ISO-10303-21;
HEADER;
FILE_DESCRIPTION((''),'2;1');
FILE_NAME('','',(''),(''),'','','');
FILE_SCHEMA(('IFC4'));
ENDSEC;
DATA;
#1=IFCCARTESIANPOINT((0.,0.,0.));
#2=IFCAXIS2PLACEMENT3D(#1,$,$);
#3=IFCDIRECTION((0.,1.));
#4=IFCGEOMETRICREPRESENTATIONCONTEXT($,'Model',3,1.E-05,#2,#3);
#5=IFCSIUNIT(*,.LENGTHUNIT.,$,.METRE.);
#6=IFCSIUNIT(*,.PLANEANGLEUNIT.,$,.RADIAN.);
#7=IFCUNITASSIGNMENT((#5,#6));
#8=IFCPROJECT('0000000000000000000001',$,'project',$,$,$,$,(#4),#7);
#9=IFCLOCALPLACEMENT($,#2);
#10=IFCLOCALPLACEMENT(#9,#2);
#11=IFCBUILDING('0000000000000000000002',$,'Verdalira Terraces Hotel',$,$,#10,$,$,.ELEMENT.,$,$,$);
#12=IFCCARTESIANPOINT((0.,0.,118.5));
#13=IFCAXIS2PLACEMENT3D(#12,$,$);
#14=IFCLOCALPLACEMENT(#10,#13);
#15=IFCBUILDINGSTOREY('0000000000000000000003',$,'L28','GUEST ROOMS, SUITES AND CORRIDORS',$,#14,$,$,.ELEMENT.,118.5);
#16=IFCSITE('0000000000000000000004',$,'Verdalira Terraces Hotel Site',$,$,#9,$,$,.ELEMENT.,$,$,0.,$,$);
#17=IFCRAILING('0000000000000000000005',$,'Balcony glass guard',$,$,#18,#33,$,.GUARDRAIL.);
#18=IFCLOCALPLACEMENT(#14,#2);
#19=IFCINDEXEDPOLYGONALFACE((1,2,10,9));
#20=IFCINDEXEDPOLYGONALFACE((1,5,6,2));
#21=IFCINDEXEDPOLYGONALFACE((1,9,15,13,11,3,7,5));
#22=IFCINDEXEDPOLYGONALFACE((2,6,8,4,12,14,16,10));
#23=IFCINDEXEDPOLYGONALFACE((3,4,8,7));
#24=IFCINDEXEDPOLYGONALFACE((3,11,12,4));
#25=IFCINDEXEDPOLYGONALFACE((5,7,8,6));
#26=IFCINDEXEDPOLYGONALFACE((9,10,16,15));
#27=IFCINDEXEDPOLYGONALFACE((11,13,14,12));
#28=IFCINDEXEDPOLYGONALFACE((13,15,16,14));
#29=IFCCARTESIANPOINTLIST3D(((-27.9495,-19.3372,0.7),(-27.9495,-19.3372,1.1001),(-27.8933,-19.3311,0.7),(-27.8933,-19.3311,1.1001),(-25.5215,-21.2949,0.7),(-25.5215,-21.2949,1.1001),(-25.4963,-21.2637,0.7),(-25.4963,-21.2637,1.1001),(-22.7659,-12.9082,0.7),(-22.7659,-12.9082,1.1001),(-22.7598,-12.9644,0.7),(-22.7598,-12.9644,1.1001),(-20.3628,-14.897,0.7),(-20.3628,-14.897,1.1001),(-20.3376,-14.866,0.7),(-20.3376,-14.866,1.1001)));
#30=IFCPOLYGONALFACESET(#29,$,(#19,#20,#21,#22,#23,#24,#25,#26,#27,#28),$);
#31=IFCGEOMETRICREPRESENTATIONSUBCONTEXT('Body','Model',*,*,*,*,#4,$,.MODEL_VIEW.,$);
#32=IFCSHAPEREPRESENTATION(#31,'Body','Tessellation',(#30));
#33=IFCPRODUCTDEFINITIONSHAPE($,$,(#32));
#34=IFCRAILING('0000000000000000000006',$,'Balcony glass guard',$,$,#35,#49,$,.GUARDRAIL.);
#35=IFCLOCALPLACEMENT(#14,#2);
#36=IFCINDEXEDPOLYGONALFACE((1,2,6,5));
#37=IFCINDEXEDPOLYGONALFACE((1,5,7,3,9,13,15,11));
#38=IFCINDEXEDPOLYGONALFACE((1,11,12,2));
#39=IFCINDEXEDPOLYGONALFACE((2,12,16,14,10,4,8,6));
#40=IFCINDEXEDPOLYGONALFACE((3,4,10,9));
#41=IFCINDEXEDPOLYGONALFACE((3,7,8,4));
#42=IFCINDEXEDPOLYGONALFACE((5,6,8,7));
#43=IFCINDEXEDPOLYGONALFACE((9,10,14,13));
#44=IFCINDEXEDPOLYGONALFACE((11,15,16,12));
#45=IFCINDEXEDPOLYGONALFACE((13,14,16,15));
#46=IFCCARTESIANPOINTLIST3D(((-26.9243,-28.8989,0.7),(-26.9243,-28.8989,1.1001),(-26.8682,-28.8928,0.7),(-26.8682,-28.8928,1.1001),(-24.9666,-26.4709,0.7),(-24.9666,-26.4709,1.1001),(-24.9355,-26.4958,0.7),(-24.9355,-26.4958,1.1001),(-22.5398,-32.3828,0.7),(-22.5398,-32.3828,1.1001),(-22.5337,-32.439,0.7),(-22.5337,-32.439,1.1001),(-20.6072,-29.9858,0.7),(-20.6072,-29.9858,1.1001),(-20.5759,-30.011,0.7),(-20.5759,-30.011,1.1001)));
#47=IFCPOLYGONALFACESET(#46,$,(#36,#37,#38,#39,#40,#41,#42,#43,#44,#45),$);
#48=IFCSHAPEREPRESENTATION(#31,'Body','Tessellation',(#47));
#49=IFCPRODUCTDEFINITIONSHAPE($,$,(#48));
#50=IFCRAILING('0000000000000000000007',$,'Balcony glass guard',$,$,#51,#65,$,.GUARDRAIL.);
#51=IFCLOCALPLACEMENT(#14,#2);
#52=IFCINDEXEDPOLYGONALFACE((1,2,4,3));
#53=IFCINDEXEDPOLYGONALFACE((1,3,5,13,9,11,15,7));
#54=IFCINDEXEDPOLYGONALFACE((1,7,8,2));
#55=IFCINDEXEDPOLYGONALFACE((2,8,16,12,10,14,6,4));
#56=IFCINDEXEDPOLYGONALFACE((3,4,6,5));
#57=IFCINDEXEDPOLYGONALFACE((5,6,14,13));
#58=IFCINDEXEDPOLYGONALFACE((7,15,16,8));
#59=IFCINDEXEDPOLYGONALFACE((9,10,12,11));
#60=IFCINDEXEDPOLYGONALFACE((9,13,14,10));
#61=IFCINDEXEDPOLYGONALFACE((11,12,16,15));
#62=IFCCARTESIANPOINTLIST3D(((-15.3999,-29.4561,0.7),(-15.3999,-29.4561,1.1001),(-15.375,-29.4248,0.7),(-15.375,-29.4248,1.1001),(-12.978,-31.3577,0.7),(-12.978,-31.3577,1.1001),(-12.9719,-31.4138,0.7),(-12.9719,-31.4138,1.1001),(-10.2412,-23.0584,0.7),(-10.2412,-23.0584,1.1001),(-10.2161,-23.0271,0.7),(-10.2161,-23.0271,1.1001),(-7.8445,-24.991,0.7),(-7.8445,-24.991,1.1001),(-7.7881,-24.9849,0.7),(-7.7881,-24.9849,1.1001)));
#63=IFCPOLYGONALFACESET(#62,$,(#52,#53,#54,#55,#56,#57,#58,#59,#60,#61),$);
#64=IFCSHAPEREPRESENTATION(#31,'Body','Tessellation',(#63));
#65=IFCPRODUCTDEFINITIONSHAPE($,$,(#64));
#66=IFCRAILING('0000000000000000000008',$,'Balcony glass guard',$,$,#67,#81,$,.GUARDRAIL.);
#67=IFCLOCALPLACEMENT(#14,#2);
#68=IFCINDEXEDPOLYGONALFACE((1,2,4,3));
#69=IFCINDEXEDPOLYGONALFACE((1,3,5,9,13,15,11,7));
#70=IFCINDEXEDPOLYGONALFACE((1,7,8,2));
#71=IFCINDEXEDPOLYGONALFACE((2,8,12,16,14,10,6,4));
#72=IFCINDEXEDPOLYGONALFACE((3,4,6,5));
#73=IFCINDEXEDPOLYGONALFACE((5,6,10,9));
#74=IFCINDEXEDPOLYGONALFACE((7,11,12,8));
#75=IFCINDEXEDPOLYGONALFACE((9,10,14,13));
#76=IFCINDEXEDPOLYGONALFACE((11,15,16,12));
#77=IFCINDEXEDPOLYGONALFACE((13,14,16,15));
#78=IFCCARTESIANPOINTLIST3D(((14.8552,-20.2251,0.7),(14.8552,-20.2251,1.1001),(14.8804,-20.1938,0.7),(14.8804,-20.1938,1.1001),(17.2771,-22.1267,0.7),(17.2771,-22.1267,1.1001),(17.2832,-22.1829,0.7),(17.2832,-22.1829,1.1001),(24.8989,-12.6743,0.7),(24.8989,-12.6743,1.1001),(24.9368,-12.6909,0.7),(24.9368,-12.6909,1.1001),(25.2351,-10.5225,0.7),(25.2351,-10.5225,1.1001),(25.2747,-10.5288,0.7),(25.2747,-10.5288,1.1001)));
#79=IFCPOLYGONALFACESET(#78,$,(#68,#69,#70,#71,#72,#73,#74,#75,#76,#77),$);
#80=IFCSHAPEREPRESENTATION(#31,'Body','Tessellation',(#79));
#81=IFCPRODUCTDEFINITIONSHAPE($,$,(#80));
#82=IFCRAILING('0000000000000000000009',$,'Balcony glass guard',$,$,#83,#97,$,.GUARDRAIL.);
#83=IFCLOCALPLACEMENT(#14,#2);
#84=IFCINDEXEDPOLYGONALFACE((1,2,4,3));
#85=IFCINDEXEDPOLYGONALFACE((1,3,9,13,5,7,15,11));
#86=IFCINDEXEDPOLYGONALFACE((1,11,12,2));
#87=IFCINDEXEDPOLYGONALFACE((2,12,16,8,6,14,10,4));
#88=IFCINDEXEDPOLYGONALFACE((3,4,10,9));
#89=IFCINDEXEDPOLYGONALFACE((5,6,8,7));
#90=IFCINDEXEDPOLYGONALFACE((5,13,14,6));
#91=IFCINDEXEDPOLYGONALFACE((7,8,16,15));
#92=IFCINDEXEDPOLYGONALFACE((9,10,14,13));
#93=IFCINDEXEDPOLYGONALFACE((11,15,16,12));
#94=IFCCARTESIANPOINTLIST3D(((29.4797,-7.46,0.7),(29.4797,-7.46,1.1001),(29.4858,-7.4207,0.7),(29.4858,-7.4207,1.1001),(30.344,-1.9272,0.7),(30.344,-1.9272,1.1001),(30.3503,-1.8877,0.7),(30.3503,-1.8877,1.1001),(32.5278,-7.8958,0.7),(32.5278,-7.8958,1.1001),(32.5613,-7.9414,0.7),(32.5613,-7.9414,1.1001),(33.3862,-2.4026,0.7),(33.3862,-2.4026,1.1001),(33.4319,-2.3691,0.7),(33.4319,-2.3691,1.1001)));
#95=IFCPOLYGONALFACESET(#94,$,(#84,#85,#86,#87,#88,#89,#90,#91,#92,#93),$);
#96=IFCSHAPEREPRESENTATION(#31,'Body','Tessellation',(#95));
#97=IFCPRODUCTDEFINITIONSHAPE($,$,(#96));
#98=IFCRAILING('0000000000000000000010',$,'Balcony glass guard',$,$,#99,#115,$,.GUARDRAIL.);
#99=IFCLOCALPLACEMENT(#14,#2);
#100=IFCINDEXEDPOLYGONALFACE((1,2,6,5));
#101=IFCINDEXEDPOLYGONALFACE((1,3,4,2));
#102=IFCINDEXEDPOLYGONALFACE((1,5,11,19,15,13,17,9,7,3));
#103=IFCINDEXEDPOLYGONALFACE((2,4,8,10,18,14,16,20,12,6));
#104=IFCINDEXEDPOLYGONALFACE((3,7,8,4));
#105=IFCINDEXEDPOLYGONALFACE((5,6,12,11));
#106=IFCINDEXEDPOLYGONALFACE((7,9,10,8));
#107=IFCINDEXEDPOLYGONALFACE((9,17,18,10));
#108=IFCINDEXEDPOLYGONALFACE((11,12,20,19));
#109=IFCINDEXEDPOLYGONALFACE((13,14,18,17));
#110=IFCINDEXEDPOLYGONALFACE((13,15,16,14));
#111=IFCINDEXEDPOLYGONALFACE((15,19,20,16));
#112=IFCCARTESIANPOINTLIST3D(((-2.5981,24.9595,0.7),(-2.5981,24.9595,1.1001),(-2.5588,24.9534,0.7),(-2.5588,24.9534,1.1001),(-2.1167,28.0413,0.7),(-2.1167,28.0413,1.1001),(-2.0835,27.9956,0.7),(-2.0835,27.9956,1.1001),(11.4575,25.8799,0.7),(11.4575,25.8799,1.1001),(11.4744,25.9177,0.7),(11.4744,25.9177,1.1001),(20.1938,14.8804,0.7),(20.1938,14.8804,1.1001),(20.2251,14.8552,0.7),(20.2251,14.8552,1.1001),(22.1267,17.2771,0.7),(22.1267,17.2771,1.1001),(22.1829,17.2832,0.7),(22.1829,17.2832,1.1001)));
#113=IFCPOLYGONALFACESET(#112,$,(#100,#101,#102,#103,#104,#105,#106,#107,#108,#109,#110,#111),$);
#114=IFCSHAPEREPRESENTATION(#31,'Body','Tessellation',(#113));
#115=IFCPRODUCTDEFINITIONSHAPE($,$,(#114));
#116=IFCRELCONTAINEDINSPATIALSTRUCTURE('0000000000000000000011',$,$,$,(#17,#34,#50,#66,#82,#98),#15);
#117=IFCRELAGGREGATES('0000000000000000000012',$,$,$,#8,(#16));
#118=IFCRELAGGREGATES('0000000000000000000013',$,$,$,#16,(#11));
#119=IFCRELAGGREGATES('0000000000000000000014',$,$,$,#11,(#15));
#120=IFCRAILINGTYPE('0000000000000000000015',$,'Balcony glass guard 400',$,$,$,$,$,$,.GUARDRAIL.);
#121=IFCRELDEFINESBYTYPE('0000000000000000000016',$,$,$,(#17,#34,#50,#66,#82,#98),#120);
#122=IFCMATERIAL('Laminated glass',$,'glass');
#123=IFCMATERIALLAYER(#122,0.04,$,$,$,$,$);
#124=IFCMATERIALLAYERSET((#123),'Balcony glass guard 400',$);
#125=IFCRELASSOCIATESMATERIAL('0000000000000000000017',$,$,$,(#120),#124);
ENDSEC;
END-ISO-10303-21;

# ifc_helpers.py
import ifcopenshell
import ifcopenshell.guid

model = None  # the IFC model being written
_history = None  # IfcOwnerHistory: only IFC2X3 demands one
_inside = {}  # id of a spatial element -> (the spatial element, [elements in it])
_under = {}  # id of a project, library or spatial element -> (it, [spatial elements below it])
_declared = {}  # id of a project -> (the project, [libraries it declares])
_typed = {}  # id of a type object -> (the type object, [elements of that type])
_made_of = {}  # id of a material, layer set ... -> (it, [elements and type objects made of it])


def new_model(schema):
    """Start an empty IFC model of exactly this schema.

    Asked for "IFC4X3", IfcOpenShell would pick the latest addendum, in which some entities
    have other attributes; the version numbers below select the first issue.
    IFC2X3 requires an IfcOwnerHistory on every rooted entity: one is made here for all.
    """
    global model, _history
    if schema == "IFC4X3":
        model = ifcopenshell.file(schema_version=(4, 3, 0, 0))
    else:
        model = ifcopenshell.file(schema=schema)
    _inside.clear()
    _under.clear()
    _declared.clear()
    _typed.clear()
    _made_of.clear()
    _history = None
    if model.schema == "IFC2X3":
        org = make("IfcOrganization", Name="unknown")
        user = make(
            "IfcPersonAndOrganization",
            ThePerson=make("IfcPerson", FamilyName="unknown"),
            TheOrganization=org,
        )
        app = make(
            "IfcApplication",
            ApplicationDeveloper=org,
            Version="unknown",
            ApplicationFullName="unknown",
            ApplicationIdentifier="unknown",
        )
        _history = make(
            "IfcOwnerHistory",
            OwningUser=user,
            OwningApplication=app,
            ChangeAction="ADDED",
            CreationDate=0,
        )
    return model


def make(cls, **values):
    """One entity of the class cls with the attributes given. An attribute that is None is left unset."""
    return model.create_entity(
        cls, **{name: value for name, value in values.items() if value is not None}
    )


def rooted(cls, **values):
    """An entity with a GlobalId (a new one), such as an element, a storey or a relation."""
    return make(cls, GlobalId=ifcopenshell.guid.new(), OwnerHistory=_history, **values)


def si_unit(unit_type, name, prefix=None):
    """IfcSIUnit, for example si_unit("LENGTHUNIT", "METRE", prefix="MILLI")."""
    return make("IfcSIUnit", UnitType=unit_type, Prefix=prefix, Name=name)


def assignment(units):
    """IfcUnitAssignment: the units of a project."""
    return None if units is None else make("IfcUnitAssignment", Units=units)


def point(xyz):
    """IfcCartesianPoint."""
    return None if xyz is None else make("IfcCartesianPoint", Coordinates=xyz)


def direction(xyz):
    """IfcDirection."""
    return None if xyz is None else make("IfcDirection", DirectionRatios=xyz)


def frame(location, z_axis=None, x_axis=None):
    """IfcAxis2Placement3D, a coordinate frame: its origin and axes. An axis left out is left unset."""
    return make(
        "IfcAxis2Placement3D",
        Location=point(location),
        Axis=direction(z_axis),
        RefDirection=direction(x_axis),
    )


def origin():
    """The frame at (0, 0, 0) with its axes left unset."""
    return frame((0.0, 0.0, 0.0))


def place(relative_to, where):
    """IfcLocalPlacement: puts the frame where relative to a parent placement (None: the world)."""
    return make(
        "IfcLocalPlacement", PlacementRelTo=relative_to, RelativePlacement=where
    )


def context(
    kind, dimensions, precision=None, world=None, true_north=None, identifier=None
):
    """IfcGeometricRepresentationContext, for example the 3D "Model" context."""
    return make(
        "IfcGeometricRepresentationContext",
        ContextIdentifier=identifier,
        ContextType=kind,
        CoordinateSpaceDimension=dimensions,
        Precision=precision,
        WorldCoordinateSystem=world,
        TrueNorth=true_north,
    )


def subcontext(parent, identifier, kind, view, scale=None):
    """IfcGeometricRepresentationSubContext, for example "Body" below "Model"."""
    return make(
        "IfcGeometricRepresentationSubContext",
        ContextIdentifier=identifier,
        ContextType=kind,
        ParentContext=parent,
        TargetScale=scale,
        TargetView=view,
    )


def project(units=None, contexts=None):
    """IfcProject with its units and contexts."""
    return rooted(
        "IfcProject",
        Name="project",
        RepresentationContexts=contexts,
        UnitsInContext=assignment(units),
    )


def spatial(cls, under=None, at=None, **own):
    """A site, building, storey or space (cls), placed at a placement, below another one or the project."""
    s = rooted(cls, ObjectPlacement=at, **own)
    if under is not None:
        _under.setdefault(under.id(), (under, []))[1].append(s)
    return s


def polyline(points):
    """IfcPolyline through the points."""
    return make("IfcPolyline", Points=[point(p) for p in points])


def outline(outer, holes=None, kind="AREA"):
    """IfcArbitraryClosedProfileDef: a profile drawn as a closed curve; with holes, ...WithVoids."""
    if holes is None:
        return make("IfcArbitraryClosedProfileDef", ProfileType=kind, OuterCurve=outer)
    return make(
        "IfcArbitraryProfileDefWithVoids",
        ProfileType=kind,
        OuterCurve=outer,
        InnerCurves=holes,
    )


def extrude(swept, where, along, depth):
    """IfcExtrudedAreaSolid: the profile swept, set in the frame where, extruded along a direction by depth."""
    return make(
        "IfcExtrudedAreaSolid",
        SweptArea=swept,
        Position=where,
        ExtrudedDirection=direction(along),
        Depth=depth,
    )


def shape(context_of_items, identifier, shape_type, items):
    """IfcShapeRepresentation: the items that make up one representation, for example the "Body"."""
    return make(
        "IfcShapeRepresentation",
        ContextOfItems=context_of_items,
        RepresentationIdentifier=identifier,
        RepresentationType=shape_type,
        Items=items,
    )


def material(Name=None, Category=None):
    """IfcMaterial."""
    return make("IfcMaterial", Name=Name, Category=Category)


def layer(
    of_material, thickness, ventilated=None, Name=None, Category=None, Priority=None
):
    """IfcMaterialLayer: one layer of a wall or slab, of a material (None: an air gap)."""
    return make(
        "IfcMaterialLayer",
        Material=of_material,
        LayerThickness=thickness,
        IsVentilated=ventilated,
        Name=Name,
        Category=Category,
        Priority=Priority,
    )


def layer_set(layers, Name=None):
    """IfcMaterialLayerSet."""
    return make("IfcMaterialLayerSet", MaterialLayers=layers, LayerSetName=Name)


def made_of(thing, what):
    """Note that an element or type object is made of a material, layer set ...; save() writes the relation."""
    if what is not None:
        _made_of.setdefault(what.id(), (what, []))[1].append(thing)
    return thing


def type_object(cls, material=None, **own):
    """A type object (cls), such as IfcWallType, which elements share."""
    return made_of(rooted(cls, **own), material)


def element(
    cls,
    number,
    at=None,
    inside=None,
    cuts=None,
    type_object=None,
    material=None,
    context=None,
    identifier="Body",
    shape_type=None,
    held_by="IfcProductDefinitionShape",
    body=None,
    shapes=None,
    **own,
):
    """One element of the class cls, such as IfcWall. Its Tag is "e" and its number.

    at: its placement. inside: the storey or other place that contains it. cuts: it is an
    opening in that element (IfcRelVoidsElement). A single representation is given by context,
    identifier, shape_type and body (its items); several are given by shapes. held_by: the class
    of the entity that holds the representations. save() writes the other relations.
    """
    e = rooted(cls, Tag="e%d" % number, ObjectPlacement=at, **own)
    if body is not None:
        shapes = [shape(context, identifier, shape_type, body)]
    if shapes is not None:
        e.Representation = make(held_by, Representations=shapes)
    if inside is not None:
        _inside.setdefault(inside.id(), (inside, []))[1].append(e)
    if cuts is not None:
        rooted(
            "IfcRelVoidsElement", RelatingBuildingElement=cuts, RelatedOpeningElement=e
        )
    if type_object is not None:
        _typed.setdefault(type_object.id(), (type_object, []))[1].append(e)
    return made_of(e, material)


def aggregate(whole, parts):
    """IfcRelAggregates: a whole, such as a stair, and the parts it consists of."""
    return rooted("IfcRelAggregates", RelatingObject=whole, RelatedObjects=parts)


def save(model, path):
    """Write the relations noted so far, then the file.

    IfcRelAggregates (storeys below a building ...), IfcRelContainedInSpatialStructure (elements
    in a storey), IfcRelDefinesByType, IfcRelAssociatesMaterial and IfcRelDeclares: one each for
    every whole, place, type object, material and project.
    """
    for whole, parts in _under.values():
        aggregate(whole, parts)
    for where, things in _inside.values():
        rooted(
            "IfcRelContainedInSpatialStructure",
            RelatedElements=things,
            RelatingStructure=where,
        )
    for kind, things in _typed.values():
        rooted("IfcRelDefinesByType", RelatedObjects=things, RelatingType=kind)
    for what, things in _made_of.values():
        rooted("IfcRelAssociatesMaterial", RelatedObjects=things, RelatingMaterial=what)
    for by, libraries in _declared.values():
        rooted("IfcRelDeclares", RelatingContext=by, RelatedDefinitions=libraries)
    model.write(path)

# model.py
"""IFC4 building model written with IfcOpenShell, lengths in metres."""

from ifc_helpers import new_model, si_unit, direction, frame, origin, place, context, subcontext, project, spatial, polyline, outline, extrude, material, layer, layer_set, type_object, element, save


model = new_model("IFC4")

# Units and contexts
model_context = context("Model", 3, precision=1e-05, world=origin(), true_north=direction((0.0, 1.0)))
body_context = subcontext(model_context, "Body", "Model", "MODEL_VIEW")
ifc_project = project(units=[si_unit("LENGTHUNIT", "METRE"), si_unit("PLANEANGLEUNIT", "RADIAN")], contexts=[model_context])

# Site, building, storey
site_placement = place(None, origin())
site = spatial("IfcSite", under=ifc_project, at=site_placement, Name="Verdalira Terraces Hotel Site", CompositionType="ELEMENT", RefElevation=0.0)
building_placement = place(site_placement, origin())
building = spatial("IfcBuilding", under=site, at=building_placement, Name="Verdalira Terraces Hotel", CompositionType="ELEMENT")
storey_placement = place(building_placement, frame((0.0, 0.0, 118.5)))
storey = spatial("IfcBuildingStorey", under=building, at=storey_placement, Name="L28", Description="GUEST ROOMS, SUITES AND CORRIDORS", CompositionType="ELEMENT", Elevation=118.5)

# Railings
ifc_material_1 = material(Name="Laminated glass", Category="glass")
ifc_layer_1 = layer(ifc_material_1, 0.04)
ifc_layer_set_1 = layer_set([ifc_layer_1], Name="Balcony glass guard 400")
railing_type = type_object("IfcRailingType", Name="Balcony glass guard 400", PredefinedType="GUARDRAIL", material=ifc_layer_set_1)
railing_1_placement = place(storey_placement, frame((0.0, 0.0, 0.7)))
element("IfcRailing", 1, at=railing_1_placement, inside=storey, type_object=railing_type, Name="Balcony glass guard", PredefinedType="GUARDRAIL", context=body_context, shape_type="SweptSolid", body=[
    extrude(outline(polyline([(-22.7598, -12.9644), (-27.8933, -19.3311), (-25.4963, -21.2637), (-25.5215, -21.2949), (-27.9495, -19.3372), (-22.7659, -12.9082), (-20.3376, -14.866), (-20.3628, -14.897), (-22.7598, -12.9644)])), origin(), (0.0, 0.0, 1.0), 0.4001),
])
railing_2_placement = place(storey_placement, frame((0.0, 0.0, 0.7)))
element("IfcRailing", 2, at=railing_2_placement, inside=storey, type_object=railing_type, Name="Balcony glass guard", PredefinedType="GUARDRAIL", context=body_context, shape_type="SweptSolid", body=[
    extrude(outline(polyline([(-26.8682, -28.8928), (-22.5398, -32.3828), (-20.6072, -29.9858), (-20.5759, -30.011), (-22.5337, -32.439), (-26.9243, -28.8989), (-24.9666, -26.4709), (-24.9355, -26.4959), (-26.8682, -28.8928)])), origin(), (0.0, 0.0, 1.0), 0.4001),
])
railing_3_placement = place(storey_placement, frame((0.0, 0.0, 0.7)))
element("IfcRailing", 3, at=railing_3_placement, inside=storey, type_object=railing_type, Name="Balcony glass guard", PredefinedType="GUARDRAIL", context=body_context, shape_type="SweptSolid", body=[
    extrude(outline(polyline([(-12.978, -31.3577), (-7.8445, -24.991), (-10.2412, -23.0584), (-10.2161, -23.0271), (-7.7881, -24.9849), (-12.9719, -31.4138), (-15.3999, -29.4561), (-15.375, -29.4248), (-12.978, -31.3577)])), origin(), (0.0, 0.0, 1.0), 0.4001),
])
railing_4_placement = place(storey_placement, frame((0.0, 0.0, 0.7)))
element("IfcRailing", 4, at=railing_4_placement, inside=storey, type_object=railing_type, Name="Balcony glass guard", PredefinedType="GUARDRAIL", context=body_context, shape_type="SweptSolid", body=[
    extrude(outline(polyline([(17.2771, -22.1267), (24.8989, -12.6743), (25.2351, -10.5225), (25.2747, -10.5288), (24.9368, -12.6909), (17.2832, -22.1829), (14.8552, -20.2251), (14.8804, -20.1938), (17.2771, -22.1267)])), origin(), (0.0, 0.0, 1.0), 0.4001),
])
railing_5_placement = place(storey_placement, frame((0.0, 0.0, 0.7)))
element("IfcRailing", 5, at=railing_5_placement, inside=storey, type_object=railing_type, Name="Balcony glass guard", PredefinedType="GUARDRAIL", context=body_context, shape_type="SweptSolid", body=[
    extrude(outline(polyline([(32.5278, -7.8958), (33.3862, -2.4026), (30.344, -1.9272), (30.3503, -1.8877), (33.4319, -2.3691), (32.5613, -7.9414), (29.4797, -7.46), (29.4858, -7.4207), (32.5278, -7.8958)])), origin(), (0.0, 0.0, 1.0), 0.4001),
])
railing_6_placement = place(storey_placement, frame((0.0, 0.0, 0.7)))
element("IfcRailing", 6, at=railing_6_placement, inside=storey, type_object=railing_type, Name="Balcony glass guard", PredefinedType="GUARDRAIL", context=body_context, shape_type="SweptSolid", body=[
    extrude(outline(polyline([(22.1267, 17.2771), (11.4575, 25.8799), (-2.0835, 27.9956), (-2.5588, 24.9534), (-2.5981, 24.9595), (-2.1167, 28.0413), (11.4744, 25.9177), (22.1829, 17.2832), (20.2251, 14.8552), (20.1938, 14.8804), (22.1267, 17.2771)])), origin(), (0.0, 0.0, 1.0), 0.4001),
])

save(model, "model.ifc")
